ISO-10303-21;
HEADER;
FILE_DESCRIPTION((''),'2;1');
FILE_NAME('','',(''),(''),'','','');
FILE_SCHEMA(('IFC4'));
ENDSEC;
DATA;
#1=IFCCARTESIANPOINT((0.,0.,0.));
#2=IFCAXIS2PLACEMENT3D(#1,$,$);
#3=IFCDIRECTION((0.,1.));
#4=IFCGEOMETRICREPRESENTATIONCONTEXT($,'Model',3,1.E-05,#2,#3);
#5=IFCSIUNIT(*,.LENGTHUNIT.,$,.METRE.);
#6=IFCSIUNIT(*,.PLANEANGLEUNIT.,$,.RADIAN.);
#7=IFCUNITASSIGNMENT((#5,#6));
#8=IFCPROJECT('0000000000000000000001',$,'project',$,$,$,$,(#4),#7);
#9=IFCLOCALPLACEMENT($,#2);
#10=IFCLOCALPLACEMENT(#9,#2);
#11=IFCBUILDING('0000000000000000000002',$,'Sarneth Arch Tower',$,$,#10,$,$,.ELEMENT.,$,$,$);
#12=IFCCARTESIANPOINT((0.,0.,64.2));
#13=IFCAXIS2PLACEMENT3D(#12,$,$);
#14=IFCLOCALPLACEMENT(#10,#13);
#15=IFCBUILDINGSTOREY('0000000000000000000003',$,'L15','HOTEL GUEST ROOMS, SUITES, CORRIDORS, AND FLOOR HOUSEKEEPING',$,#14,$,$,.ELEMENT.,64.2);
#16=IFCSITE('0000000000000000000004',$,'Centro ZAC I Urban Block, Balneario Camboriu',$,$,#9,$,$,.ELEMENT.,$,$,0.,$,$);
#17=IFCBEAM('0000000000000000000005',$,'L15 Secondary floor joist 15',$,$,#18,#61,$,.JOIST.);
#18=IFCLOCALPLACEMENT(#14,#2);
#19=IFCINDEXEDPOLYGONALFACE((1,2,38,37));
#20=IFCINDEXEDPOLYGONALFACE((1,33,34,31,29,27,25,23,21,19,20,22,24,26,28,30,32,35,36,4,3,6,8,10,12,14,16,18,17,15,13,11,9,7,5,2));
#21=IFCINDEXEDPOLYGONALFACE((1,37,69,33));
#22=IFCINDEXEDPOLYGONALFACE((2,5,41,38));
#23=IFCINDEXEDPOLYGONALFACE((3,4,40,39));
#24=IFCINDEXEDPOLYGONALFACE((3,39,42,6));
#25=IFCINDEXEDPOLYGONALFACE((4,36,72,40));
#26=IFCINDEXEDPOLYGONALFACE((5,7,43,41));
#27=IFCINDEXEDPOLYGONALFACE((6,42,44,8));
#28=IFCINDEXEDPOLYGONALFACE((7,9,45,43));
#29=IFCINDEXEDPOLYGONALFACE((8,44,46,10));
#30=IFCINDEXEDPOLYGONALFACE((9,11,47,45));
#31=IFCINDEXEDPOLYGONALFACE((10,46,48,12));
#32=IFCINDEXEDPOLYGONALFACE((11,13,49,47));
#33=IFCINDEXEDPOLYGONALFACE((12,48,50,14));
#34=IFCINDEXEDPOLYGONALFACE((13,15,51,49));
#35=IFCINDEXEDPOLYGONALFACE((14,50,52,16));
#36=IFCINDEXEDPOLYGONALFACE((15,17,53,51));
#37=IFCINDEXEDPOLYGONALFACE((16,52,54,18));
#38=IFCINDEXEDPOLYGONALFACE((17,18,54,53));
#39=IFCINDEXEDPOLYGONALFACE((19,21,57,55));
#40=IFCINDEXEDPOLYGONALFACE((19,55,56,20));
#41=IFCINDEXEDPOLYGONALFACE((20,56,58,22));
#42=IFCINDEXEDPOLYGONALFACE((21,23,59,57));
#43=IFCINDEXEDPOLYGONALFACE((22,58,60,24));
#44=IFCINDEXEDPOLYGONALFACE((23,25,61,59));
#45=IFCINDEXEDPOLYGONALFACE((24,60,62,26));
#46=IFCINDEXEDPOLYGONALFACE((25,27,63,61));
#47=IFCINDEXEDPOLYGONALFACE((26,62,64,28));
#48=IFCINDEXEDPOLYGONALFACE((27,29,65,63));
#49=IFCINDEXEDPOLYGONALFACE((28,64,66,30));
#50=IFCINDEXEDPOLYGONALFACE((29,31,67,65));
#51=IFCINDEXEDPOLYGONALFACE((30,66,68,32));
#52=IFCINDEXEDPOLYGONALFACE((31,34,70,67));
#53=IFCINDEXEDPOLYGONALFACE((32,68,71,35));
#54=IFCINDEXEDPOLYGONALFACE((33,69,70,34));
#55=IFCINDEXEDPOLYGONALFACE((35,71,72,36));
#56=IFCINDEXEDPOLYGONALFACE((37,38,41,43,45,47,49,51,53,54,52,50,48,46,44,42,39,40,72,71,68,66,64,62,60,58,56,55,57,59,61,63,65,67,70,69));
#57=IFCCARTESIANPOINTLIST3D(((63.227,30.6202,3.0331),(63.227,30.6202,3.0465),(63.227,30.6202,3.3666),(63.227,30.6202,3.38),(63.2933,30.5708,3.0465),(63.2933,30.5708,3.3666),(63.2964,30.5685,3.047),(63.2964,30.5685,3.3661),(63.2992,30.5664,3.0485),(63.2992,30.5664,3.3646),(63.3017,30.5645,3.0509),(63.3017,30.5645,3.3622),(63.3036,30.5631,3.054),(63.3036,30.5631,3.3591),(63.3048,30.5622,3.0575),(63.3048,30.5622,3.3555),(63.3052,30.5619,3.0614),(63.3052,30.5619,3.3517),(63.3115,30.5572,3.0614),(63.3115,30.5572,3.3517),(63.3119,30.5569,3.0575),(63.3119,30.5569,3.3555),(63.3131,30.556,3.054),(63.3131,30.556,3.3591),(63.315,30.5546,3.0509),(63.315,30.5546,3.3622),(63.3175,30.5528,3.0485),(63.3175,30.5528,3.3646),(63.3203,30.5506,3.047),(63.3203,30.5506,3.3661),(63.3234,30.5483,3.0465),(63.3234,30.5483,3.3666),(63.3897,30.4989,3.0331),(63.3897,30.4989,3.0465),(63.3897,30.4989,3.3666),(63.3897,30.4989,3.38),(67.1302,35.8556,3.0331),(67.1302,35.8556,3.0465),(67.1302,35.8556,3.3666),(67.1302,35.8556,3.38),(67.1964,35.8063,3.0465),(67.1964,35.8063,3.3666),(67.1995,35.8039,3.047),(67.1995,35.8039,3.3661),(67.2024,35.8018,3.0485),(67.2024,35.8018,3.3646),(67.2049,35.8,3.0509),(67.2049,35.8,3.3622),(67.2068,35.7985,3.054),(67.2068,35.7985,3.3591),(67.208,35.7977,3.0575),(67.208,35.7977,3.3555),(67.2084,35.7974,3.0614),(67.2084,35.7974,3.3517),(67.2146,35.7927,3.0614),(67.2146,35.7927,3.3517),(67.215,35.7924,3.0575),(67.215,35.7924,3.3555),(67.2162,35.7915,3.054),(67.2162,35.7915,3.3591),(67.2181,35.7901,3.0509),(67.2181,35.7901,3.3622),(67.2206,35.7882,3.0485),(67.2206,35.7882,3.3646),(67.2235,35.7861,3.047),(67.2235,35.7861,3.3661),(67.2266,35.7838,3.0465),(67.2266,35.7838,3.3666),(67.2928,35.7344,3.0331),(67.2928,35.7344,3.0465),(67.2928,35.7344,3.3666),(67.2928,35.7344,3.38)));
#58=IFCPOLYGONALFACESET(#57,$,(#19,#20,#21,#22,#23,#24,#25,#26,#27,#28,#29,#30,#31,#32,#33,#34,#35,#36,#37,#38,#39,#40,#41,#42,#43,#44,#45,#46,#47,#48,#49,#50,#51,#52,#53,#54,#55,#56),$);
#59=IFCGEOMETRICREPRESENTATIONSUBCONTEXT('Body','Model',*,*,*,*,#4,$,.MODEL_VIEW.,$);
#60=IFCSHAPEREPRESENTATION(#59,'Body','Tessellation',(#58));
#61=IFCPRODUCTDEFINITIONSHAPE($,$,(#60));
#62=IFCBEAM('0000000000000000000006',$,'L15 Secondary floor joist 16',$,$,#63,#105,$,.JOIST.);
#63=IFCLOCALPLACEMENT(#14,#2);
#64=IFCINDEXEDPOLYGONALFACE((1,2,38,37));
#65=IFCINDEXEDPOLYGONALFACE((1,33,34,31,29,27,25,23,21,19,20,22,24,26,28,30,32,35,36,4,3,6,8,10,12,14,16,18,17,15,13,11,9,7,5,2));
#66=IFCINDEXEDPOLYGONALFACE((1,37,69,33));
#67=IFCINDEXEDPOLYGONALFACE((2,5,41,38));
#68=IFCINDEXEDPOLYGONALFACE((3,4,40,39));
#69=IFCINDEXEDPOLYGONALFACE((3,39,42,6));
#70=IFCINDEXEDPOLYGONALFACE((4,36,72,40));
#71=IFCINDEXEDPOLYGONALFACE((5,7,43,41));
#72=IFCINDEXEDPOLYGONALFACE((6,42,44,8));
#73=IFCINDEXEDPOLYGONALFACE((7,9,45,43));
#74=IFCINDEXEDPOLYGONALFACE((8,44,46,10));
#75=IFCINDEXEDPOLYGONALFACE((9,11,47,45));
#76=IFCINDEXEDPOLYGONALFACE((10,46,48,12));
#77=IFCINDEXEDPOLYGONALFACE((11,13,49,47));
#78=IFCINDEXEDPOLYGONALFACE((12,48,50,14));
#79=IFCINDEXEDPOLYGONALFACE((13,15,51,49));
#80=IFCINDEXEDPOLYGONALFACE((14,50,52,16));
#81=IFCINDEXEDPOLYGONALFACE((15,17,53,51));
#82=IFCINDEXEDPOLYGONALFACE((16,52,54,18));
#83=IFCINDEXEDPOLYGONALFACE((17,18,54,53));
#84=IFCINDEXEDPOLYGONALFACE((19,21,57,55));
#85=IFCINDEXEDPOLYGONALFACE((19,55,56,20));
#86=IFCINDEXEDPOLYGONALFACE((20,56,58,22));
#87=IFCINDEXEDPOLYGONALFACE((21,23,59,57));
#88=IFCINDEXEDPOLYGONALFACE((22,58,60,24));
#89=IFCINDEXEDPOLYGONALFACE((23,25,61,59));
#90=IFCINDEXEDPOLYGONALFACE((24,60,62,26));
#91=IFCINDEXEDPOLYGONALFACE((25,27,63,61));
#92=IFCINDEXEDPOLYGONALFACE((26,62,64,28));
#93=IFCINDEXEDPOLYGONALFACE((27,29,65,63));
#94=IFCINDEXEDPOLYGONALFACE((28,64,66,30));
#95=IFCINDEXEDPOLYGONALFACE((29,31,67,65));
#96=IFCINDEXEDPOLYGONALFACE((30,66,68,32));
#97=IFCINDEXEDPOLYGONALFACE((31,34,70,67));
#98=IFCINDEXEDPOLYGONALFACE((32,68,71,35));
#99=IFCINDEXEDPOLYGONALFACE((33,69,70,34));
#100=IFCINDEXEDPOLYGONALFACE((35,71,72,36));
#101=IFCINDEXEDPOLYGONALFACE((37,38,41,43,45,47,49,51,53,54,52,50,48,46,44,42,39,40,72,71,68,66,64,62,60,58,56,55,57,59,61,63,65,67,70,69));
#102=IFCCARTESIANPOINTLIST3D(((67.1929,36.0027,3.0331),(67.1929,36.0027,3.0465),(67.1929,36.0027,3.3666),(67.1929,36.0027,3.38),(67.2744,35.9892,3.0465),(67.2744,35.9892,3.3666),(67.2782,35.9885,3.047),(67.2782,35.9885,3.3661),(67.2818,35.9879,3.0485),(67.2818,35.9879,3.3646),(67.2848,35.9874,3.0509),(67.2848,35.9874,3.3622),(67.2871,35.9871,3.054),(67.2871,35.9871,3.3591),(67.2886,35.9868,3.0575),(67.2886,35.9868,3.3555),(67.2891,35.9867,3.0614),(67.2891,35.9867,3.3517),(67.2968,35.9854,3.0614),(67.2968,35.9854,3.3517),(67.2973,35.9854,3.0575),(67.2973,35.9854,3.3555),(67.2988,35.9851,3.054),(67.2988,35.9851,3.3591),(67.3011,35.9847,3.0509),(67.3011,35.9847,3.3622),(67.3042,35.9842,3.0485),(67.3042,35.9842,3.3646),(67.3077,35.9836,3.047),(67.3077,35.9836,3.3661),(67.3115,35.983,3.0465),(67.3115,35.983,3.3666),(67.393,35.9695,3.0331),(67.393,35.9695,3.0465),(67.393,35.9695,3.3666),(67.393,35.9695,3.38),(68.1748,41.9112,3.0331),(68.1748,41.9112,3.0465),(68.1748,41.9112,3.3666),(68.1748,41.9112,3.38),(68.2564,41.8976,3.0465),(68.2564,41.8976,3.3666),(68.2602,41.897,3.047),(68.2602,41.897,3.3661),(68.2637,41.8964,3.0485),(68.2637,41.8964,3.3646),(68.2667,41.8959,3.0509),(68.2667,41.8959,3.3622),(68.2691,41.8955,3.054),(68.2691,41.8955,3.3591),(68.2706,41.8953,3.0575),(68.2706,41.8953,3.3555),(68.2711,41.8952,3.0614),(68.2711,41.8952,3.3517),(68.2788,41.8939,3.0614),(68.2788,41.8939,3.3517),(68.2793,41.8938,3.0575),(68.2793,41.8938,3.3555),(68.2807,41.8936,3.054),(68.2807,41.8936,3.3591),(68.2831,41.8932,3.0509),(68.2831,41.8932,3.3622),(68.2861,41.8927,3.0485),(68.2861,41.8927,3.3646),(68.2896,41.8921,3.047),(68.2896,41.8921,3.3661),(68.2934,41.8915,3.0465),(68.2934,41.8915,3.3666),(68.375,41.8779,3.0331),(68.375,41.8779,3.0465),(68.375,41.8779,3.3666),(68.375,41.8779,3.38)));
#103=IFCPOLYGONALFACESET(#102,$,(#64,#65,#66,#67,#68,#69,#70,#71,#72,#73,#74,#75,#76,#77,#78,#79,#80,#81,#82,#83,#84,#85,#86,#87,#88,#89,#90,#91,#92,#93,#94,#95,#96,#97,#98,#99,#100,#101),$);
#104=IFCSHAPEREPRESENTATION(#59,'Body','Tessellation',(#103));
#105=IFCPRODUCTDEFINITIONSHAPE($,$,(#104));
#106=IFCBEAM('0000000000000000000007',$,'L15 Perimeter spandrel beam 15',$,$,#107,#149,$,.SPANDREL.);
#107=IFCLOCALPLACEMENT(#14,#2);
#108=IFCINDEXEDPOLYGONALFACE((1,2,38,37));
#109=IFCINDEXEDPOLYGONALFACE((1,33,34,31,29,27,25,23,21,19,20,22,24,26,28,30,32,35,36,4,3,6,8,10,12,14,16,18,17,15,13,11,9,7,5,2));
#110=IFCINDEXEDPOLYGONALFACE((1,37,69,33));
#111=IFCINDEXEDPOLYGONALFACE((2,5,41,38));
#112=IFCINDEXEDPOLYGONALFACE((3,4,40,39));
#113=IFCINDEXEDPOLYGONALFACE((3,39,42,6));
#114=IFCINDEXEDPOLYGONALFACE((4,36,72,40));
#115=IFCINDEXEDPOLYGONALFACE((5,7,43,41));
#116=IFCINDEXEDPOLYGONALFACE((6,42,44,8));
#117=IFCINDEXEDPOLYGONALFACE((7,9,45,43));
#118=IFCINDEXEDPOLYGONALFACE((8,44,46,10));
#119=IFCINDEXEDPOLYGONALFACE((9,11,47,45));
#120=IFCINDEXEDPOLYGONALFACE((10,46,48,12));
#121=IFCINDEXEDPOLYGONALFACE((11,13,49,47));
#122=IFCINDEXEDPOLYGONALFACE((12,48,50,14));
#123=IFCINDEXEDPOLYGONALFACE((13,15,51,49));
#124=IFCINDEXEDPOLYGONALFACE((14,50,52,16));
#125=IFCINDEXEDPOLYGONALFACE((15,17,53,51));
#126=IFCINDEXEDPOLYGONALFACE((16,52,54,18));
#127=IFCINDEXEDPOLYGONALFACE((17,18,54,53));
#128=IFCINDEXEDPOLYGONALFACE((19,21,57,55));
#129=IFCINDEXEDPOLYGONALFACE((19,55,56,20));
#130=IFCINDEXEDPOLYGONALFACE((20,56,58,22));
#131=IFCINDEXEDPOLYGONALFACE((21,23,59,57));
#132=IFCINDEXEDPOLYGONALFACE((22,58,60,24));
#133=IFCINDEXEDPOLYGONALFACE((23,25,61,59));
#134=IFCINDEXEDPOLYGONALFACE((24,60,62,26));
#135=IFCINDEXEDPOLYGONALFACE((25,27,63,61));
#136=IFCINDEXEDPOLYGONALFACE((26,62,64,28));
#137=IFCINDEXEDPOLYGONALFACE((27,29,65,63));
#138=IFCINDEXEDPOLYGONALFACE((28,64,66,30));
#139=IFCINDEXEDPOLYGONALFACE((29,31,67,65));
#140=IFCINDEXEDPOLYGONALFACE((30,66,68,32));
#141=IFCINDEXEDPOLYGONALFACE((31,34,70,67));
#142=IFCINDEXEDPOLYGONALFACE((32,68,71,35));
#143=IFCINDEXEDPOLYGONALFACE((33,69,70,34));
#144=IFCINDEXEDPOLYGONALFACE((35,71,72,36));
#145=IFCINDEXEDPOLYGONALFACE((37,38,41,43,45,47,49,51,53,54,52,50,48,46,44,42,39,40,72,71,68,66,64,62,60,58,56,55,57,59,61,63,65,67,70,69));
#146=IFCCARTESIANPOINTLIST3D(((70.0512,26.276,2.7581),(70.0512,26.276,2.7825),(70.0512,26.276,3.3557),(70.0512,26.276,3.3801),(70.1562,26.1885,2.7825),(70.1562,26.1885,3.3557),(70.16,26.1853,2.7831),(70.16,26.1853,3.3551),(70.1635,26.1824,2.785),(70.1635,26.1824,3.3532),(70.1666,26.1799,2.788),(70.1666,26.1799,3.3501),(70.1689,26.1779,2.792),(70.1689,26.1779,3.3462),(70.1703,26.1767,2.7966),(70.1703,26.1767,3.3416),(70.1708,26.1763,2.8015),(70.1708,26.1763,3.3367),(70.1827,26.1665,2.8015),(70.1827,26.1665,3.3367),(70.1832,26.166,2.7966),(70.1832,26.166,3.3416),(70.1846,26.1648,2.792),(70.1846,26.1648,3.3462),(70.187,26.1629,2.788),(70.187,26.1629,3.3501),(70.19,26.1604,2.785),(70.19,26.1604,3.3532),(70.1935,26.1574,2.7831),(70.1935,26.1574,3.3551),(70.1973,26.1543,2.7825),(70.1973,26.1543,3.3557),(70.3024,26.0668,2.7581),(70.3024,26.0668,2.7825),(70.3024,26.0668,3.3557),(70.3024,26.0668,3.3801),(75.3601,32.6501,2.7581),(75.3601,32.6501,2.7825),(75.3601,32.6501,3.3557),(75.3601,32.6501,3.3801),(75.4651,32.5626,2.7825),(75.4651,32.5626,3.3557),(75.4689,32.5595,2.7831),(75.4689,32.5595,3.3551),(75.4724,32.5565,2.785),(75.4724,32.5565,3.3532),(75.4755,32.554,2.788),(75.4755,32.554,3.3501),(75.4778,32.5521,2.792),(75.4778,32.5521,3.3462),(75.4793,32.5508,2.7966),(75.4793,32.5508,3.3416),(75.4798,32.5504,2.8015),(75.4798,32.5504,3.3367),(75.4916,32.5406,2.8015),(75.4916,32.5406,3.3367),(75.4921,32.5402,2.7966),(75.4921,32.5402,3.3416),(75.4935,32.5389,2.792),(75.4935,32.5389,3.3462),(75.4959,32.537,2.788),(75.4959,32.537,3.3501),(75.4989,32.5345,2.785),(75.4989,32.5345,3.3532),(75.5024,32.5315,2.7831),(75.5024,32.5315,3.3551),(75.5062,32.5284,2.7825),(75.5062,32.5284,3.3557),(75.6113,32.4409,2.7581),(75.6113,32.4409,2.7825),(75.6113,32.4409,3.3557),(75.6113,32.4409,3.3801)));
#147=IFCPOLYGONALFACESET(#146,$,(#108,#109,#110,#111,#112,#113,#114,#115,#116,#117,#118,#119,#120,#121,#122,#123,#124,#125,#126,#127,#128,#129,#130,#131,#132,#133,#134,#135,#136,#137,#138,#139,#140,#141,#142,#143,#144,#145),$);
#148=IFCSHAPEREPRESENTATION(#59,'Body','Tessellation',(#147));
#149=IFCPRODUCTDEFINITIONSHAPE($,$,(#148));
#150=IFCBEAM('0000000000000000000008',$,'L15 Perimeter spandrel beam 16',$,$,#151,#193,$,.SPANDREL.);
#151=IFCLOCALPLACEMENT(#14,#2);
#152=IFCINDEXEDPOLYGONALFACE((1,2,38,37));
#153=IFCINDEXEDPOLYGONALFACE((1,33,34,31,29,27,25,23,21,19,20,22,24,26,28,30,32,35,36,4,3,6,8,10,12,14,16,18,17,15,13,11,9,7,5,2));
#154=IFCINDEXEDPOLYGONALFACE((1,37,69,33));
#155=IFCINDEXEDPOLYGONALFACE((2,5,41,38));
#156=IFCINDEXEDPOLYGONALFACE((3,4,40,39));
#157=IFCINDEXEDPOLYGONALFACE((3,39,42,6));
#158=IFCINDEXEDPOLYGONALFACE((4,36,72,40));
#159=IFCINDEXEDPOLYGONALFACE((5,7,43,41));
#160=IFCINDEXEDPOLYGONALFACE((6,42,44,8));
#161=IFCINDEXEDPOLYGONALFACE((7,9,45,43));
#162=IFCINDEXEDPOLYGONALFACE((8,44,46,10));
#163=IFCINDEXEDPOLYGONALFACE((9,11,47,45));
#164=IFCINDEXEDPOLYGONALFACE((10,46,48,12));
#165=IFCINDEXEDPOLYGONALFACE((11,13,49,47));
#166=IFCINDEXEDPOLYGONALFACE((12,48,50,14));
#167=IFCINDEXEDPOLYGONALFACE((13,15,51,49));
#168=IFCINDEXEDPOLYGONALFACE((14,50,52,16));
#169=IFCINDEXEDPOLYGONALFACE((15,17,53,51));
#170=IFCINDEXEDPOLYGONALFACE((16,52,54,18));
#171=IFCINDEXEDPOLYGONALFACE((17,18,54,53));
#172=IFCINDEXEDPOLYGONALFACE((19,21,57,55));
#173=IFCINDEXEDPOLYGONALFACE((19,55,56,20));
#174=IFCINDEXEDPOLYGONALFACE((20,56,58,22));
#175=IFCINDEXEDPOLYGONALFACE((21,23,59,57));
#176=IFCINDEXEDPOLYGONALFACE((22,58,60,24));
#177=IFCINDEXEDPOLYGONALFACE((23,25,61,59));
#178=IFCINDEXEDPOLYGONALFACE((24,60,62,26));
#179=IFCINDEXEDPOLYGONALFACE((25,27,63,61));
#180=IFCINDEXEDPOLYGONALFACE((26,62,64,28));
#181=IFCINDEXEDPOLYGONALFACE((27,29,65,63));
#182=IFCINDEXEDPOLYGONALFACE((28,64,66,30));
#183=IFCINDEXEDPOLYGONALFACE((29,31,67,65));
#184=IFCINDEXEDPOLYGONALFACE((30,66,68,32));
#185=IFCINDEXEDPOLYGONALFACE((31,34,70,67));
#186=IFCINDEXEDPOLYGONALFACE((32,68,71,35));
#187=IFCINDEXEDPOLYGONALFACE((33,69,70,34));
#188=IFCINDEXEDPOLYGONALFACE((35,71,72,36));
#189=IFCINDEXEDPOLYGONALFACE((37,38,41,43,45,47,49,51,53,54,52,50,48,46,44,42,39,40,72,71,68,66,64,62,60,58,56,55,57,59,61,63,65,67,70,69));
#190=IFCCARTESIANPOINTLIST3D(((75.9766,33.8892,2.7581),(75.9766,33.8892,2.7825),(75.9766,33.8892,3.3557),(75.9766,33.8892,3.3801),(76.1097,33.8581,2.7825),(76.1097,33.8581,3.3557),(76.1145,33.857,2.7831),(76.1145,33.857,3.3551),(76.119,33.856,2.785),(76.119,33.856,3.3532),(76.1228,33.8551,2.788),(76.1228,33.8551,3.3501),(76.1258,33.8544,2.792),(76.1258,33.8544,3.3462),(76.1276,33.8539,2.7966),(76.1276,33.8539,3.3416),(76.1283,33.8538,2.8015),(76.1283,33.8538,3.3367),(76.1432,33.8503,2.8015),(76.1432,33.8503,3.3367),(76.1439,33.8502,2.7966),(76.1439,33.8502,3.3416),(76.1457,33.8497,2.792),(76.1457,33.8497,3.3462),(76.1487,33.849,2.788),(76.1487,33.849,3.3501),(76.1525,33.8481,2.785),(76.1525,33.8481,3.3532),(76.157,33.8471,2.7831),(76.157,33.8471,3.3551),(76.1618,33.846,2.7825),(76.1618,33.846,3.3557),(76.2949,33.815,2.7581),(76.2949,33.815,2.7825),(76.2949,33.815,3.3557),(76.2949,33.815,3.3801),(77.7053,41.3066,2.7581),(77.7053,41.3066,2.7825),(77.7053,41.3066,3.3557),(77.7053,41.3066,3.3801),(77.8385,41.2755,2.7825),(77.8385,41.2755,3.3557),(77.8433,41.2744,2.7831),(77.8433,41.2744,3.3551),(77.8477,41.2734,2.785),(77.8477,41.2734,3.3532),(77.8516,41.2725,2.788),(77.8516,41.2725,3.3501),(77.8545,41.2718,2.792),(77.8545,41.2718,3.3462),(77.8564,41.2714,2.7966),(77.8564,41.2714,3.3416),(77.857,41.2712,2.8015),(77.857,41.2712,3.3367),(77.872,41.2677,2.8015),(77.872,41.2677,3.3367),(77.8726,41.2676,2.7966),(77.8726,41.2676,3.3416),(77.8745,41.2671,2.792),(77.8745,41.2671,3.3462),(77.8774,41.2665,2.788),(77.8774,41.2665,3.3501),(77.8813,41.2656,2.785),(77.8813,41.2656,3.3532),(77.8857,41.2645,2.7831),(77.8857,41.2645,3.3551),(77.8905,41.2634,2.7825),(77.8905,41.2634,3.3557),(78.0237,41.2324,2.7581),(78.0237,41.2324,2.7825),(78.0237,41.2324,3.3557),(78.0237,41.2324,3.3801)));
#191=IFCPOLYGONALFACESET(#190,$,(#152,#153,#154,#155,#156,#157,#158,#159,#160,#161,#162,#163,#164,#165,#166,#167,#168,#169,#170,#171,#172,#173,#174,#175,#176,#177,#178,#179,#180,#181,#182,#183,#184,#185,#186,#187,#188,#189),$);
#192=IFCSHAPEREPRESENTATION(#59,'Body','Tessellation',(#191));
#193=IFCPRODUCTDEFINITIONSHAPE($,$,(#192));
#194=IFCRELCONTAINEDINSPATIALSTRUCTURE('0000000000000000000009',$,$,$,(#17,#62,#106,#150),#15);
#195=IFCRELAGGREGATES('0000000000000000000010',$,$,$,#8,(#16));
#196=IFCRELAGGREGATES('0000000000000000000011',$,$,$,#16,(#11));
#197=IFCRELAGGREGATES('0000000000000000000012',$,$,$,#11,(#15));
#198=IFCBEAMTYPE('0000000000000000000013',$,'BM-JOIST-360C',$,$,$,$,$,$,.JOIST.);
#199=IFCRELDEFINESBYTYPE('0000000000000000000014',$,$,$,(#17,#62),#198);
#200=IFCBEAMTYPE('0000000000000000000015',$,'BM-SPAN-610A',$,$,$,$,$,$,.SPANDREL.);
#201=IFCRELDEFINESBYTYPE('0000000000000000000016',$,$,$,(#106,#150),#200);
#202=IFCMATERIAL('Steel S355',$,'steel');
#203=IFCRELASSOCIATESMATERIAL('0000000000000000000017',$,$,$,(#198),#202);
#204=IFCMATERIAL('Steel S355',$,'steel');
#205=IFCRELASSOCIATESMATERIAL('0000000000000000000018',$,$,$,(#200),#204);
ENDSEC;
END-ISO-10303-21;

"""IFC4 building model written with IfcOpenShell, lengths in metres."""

from ifc_helpers import new_model, si_unit, direction, frame, origin, origin_2d, place, context, subcontext, project, spatial, i_section, extrude, material, material_profile, profile_set, type_object, element, save


model = new_model("IFC4")

# Units and contexts
model_context = context("Model", 3, precision=1e-05, world=origin(), true_north=direction((0.0, 1.0)))
body_context = subcontext(model_context, "Body", "Model", "MODEL_VIEW")
ifc_project = project(units=[si_unit("LENGTHUNIT", "METRE"), si_unit("PLANEANGLEUNIT", "RADIAN")], contexts=[model_context])

# Site, building, storey
site_placement = place(None, origin())
site = spatial("IfcSite", under=ifc_project, at=site_placement, Name="Centro ZAC I Urban Block, Balneario Camboriu", CompositionType="ELEMENT", RefElevation=0.0)
building_placement = place(site_placement, origin())
building = spatial("IfcBuilding", under=site, at=building_placement, Name="Sarneth Arch Tower", CompositionType="ELEMENT")
storey_placement = place(building_placement, frame((0.0, 0.0, 64.2)))
storey = spatial("IfcBuildingStorey", under=building, at=storey_placement, Name="L15", Description="HOTEL GUEST ROOMS, SUITES, CORRIDORS, AND FLOOR HOUSEKEEPING", CompositionType="ELEMENT", Elevation=64.2)

# Beams
ifc_material_1 = material(Name="Steel S355", Category="steel")
ifc_material_profile_1 = material_profile(ifc_material_1, i_section(OverallWidth=0.2029, OverallDepth=0.3469, WebThickness=0.0078, FlangeThickness=0.0134, FilletRadius=0.0149, at=origin_2d()), Name="W360x64")
ifc_profile_set_1 = profile_set([ifc_material_profile_1], Name="Steel S355")
beam_type_1 = type_object("IfcBeamType", Name="BM-JOIST-360C", PredefinedType="JOIST", material=ifc_profile_set_1)
beam_1_placement = place(storey_placement, frame((63.3083, 30.5596, 3.2065), z_axis=(0.5977, 0.801719, 0.0), x_axis=(-0.801719, 0.5977, 0.0)))
element("IfcBeam", 1, at=beam_1_placement, inside=storey, type_object=beam_type_1, Name="L15 Secondary floor joist 15", PredefinedType="JOIST", context=body_context, shape_type="SweptSolid", body=[
    extrude(i_section(OverallWidth=0.2029, OverallDepth=0.3469, WebThickness=0.0078, FlangeThickness=0.0134, FilletRadius=0.0149, at=origin_2d()), origin(), (0.0, 0.0, 1.0), 6.5303),
])
beam_2_placement = place(storey_placement, frame((67.293, 35.9861, 3.2065), z_axis=(0.163943, 0.98647, 0.0), x_axis=(-0.98647, 0.163943, 0.0)))
element("IfcBeam", 2, at=beam_2_placement, inside=storey, type_object=beam_type_1, Name="L15 Secondary floor joist 16", PredefinedType="JOIST", context=body_context, shape_type="SweptSolid", body=[
    extrude(i_section(OverallWidth=0.2029, OverallDepth=0.3469, WebThickness=0.0078, FlangeThickness=0.0134, FilletRadius=0.0149, at=origin_2d()), origin(), (0.0, 0.0, 1.0), 5.9895),
])
ifc_material_2 = material(Name="Steel S355", Category="steel")
ifc_material_profile_2 = material_profile(ifc_material_2, i_section(OverallWidth=0.3269, OverallDepth=0.6221, WebThickness=0.0154, FlangeThickness=0.0244, FilletRadius=0.019, at=origin_2d()), Name="W610x195")
ifc_profile_set_2 = profile_set([ifc_material_profile_2], Name="Steel S355")
beam_type_2 = type_object("IfcBeamType", Name="BM-SPAN-610A", PredefinedType="SPANDREL", material=ifc_profile_set_2)
beam_3_placement = place(storey_placement, frame((70.1768, 26.1714, 3.0691), z_axis=(0.639982, 0.76839, 0.0), x_axis=(-0.76839, 0.639982, 0.0)))
element("IfcBeam", 3, at=beam_3_placement, inside=storey, type_object=beam_type_2, Name="L15 Perimeter spandrel beam 15", PredefinedType="SPANDREL", context=body_context, shape_type="SweptSolid", body=[
    extrude(i_section(OverallWidth=0.3269, OverallDepth=0.6221, WebThickness=0.0154, FlangeThickness=0.0244, FilletRadius=0.019, at=origin_2d()), origin(), (0.0, 0.0, 1.0), 8.2954),
])
beam_4_placement = place(storey_placement, frame((76.1357, 33.8521, 3.0691), z_axis=(0.226982, 0.973899, 0.0), x_axis=(-0.973899, 0.226982, 0.0)))
element("IfcBeam", 4, at=beam_4_placement, inside=storey, type_object=beam_type_2, Name="L15 Perimeter spandrel beam 16", PredefinedType="SPANDREL", context=body_context, shape_type="SweptSolid", body=[
    extrude(i_section(OverallWidth=0.3269, OverallDepth=0.6221, WebThickness=0.0154, FlangeThickness=0.0244, FilletRadius=0.019, at=origin_2d()), origin(), (0.0, 0.0, 1.0), 7.6162),
])

save(model, "model.ifc")
